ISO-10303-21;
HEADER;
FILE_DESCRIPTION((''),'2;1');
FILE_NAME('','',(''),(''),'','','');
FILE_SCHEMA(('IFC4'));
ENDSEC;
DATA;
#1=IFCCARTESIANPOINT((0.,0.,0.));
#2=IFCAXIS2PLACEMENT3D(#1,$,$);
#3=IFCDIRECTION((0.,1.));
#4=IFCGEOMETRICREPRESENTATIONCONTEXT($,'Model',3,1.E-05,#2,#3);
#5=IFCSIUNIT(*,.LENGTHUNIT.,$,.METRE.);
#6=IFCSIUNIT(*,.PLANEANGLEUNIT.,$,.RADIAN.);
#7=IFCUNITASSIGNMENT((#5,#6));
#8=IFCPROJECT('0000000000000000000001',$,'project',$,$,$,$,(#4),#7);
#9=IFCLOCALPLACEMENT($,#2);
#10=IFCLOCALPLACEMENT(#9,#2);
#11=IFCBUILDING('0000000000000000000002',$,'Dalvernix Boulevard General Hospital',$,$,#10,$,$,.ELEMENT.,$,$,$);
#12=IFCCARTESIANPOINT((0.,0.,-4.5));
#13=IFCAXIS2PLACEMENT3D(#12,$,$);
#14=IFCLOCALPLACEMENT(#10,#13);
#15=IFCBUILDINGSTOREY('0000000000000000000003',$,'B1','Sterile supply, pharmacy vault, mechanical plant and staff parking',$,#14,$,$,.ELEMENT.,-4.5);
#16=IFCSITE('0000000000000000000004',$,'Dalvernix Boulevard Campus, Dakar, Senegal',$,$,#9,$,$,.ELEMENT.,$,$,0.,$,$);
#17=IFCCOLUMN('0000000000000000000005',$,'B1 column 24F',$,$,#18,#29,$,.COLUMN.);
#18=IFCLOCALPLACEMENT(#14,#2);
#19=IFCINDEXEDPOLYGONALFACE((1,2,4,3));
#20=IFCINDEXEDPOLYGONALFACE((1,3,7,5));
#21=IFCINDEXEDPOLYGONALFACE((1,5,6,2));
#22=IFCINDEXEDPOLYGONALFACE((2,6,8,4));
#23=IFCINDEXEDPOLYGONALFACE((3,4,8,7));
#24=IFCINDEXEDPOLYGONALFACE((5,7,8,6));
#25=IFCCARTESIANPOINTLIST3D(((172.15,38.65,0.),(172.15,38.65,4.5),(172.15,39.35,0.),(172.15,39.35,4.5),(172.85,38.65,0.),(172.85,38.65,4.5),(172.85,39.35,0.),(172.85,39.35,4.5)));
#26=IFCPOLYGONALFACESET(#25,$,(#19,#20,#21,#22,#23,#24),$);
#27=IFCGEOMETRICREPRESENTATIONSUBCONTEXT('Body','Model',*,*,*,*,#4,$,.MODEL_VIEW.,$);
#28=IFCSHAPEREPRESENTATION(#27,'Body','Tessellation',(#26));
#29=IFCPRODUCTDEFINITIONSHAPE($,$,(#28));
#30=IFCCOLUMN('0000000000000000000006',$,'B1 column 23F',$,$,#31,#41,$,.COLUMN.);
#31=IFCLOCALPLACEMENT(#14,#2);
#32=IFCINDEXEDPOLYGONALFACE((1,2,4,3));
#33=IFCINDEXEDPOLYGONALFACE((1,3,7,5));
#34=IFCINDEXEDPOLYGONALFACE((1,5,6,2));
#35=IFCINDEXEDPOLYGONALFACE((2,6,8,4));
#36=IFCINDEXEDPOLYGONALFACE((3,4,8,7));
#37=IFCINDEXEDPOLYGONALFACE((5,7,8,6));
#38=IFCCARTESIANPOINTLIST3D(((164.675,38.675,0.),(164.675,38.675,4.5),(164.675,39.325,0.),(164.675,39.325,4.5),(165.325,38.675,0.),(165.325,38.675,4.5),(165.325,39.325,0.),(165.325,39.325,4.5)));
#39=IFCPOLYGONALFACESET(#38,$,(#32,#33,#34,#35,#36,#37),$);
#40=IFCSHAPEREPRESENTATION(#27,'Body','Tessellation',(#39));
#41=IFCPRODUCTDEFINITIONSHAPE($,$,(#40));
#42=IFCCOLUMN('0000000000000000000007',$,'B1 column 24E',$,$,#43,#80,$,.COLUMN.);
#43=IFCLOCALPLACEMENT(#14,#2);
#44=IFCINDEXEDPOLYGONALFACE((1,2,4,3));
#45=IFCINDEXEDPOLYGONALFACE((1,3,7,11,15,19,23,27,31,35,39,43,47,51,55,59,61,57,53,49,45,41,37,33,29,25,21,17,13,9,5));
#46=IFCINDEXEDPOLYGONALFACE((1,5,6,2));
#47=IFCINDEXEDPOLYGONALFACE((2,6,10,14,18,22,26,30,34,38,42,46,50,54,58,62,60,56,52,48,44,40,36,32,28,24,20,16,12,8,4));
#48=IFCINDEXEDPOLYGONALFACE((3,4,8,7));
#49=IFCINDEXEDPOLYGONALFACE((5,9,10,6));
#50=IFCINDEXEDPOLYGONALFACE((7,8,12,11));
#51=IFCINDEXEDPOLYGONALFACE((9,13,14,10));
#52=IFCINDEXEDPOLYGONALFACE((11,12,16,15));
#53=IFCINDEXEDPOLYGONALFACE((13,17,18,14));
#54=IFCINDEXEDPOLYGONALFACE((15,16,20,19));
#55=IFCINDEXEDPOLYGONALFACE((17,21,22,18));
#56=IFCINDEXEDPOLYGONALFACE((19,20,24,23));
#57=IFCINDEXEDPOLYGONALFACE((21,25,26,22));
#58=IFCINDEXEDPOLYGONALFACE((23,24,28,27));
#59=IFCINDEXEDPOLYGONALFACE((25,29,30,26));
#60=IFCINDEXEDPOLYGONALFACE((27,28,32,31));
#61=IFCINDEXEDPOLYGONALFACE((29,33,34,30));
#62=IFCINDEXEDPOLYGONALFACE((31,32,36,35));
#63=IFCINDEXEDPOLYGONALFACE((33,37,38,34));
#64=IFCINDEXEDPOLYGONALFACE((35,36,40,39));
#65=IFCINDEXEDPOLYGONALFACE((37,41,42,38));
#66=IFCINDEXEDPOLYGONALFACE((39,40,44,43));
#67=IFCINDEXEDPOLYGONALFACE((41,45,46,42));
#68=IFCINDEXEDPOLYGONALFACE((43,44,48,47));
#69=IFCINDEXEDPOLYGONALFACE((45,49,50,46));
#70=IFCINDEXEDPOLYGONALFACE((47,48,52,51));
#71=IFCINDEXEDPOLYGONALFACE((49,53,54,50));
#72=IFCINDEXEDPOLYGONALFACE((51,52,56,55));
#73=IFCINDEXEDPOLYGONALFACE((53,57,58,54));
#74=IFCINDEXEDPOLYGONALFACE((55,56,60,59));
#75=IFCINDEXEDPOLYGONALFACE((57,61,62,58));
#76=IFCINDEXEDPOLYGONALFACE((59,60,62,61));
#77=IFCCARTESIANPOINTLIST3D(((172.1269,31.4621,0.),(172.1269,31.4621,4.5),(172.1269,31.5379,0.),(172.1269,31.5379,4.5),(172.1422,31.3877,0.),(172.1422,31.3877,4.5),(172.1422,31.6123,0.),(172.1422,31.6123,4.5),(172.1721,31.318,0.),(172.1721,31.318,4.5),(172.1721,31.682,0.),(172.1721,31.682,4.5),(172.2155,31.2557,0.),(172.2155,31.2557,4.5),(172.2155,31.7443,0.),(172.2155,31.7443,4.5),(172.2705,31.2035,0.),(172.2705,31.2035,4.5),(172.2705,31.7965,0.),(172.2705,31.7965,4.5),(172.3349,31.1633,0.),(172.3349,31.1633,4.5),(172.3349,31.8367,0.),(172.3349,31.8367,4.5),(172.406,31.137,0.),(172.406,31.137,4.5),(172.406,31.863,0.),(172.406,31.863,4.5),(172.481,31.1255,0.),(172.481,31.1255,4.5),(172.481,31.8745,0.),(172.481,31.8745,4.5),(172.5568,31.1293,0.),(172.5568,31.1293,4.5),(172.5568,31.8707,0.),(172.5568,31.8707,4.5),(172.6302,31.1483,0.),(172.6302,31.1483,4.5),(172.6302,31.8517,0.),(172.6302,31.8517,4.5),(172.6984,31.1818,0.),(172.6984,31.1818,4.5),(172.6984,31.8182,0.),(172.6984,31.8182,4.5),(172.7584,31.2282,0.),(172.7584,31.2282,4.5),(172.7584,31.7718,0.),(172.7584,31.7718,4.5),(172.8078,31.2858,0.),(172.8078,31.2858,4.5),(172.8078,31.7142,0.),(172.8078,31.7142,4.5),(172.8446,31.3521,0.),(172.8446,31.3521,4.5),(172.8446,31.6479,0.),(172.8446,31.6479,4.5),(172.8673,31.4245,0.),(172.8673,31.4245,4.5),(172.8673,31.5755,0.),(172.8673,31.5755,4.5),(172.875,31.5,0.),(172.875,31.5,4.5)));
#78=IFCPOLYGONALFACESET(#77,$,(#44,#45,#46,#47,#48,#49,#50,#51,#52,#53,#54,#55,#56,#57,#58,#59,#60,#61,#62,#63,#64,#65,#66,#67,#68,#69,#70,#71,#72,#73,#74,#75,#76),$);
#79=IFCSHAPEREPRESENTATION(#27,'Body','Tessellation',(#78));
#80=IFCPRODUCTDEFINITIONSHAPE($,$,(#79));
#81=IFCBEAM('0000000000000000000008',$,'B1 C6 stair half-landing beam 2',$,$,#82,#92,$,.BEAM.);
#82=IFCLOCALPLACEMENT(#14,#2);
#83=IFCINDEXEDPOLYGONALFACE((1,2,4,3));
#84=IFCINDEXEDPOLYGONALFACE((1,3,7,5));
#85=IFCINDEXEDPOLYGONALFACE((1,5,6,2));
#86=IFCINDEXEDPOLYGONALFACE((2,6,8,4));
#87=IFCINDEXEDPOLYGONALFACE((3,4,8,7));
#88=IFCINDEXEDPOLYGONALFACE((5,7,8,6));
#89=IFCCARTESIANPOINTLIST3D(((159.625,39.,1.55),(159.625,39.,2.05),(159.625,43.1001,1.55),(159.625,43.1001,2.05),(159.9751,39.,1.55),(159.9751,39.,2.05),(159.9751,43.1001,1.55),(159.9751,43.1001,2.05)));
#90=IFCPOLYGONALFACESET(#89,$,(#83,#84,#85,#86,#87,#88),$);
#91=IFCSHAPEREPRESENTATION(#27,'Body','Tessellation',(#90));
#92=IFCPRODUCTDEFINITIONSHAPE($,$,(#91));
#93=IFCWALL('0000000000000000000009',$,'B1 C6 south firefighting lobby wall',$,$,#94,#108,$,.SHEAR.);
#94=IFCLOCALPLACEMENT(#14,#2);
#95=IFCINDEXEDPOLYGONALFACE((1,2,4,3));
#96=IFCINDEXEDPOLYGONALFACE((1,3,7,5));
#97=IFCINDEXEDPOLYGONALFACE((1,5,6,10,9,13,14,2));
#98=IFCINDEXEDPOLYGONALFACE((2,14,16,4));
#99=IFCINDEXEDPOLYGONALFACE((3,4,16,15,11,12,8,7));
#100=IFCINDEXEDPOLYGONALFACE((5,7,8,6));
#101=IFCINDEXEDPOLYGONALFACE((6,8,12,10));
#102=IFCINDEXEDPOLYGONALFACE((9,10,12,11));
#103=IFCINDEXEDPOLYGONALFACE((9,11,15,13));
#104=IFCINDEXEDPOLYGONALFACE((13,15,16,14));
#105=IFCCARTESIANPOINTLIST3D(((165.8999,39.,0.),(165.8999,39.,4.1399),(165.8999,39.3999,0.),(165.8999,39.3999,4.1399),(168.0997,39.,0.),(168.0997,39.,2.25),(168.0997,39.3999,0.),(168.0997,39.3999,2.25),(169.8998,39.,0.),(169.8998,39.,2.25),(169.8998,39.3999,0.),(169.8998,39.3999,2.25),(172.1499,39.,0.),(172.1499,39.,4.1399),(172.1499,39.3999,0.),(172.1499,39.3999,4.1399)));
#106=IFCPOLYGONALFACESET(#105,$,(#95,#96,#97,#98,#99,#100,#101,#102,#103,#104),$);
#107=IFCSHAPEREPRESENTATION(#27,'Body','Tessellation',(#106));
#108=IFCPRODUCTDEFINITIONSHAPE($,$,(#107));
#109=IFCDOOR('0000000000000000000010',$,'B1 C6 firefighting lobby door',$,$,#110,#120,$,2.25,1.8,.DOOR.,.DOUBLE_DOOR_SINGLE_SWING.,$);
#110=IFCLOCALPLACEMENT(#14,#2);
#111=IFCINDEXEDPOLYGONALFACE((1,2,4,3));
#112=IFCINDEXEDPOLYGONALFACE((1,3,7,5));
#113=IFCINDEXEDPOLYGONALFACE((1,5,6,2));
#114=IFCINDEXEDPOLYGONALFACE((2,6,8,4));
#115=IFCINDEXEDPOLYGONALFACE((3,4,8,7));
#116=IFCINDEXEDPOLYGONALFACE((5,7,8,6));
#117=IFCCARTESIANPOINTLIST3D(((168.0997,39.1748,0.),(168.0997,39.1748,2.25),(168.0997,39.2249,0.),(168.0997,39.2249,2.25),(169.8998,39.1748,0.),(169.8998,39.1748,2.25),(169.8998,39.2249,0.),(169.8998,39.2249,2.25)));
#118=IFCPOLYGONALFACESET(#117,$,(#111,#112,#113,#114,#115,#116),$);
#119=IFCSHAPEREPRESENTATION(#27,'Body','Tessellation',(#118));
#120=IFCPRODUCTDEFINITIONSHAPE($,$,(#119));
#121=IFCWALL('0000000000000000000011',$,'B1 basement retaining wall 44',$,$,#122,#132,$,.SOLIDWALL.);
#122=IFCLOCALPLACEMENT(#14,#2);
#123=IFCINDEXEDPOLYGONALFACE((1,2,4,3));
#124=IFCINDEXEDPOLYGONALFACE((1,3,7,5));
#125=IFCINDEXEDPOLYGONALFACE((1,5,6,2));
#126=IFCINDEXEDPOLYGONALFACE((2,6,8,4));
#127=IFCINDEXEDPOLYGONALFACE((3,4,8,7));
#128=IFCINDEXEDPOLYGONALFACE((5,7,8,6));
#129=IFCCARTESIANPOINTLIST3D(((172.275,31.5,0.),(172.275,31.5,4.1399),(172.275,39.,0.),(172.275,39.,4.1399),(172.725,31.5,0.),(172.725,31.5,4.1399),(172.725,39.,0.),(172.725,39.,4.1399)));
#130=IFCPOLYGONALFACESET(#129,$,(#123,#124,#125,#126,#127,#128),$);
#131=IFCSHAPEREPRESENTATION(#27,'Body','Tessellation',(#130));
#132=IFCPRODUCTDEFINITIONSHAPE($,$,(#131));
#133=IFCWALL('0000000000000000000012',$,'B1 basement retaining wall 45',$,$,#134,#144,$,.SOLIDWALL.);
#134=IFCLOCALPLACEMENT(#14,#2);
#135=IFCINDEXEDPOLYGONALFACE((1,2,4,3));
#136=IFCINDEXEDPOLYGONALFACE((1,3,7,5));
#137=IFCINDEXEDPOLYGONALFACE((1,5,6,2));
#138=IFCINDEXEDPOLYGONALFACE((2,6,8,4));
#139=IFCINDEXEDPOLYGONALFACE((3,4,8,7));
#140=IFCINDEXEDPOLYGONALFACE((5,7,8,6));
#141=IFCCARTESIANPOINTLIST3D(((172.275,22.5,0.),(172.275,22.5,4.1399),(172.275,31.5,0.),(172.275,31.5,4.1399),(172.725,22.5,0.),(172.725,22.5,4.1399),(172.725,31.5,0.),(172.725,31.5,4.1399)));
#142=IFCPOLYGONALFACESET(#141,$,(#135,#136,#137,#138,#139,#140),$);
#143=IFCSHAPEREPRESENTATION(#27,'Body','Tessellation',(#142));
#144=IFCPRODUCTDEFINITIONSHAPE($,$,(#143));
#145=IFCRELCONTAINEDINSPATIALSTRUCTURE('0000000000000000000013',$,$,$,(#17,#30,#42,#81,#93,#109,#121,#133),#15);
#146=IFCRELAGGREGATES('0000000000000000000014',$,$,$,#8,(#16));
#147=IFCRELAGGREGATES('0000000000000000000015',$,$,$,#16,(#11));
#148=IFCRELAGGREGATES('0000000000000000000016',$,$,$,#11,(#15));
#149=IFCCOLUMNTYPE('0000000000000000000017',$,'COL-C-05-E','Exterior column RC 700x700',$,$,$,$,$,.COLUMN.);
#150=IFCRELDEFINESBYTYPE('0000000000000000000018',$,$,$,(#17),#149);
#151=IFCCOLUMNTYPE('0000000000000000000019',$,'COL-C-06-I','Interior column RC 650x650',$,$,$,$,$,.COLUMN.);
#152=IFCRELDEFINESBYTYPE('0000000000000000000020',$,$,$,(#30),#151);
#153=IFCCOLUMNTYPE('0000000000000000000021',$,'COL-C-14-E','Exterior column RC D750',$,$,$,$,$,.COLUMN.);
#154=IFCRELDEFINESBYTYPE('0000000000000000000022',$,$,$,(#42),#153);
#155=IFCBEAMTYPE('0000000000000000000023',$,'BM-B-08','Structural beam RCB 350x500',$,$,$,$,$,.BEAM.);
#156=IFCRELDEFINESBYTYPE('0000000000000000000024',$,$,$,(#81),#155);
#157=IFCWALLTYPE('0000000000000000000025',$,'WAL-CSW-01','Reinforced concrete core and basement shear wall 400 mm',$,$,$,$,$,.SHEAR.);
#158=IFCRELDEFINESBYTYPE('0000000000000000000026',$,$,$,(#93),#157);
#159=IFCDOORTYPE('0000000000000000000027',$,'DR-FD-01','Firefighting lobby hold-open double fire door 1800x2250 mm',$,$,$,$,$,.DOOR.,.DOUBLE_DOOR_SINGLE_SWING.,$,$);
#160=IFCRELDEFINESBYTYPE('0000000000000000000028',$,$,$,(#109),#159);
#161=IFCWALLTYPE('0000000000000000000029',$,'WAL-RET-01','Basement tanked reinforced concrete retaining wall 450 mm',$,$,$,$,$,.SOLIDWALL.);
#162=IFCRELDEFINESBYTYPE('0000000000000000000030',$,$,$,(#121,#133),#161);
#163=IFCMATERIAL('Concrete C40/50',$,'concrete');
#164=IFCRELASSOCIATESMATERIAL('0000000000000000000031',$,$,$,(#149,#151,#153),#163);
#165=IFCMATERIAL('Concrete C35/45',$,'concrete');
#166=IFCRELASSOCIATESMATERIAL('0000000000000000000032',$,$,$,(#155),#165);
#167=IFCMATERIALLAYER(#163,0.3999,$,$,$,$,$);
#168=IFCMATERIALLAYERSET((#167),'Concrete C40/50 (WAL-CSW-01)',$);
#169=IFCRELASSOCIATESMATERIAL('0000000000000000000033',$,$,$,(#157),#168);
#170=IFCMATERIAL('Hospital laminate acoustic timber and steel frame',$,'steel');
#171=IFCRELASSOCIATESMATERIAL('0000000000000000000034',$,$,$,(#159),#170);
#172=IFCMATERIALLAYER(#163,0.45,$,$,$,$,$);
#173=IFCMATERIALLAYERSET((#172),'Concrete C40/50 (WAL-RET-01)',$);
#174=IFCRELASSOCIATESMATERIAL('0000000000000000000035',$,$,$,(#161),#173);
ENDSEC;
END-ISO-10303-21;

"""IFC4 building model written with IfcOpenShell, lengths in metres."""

from ifc_helpers import new_model, si_unit, direction, frame, frame_2d, origin, origin_2d, place, context, subcontext, project, spatial, rectangle, circle, extrude, material, layer, layer_set, material_profile, profile_set, type_object, element, fill, save


model = new_model("IFC4")

# Units and contexts
model_context = context("Model", 3, precision=1e-05, world=origin(), true_north=direction((0.0, 1.0)))
body_context = subcontext(model_context, "Body", "Model", "MODEL_VIEW")
ifc_project = project(units=[si_unit("LENGTHUNIT", "METRE"), si_unit("PLANEANGLEUNIT", "RADIAN")], contexts=[model_context])

# Site, building, storey
site_placement = place(None, origin())
site = spatial("IfcSite", under=ifc_project, at=site_placement, Name="Dalvernix Boulevard Campus, Dakar, Senegal", CompositionType="ELEMENT", RefElevation=0.0)
building_placement = place(site_placement, origin())
building = spatial("IfcBuilding", under=site, at=building_placement, Name="Dalvernix Boulevard General Hospital", CompositionType="ELEMENT")
storey_placement = place(building_placement, frame((0.0, 0.0, -4.5)))
storey = spatial("IfcBuildingStorey", under=building, at=storey_placement, Name="B1", Description="Sterile supply, pharmacy vault, mechanical plant and staff parking", CompositionType="ELEMENT", Elevation=-4.5)

# Shared definitions
ifc_material_1 = material(Name="Concrete C35/45", Category="concrete")
ifc_material_2 = material(Name="Concrete C40/50", Category="concrete")

# Columns
ifc_material_profile_1 = material_profile(ifc_material_2, rectangle(XDim=0.7, YDim=0.7, at=origin_2d()), Name="RC 700x700")
ifc_profile_set_1 = profile_set([ifc_material_profile_1], Name="Concrete C40/50")
column_type_1 = type_object("IfcColumnType", Name="COL-C-05-E", Description="Exterior column RC 700x700", PredefinedType="COLUMN", material=ifc_profile_set_1)
column_1_placement = place(storey_placement, frame((172.5, 39.0, 0.0), z_axis=(0.0, 0.0, 1.0), x_axis=(1.0, 0.0, 0.0)))
element("IfcColumn", 1, at=column_1_placement, inside=storey, type_object=column_type_1, Name="B1 column 24F", PredefinedType="COLUMN", context=body_context, shape_type="SweptSolid", body=[
    extrude(rectangle(XDim=0.7, YDim=0.7, at=origin_2d()), origin(), (0.0, 0.0, 1.0), 4.5),
])
ifc_material_profile_2 = material_profile(ifc_material_2, rectangle(XDim=0.6499, YDim=0.6499, at=origin_2d()), Name="RC 650x650")
ifc_profile_set_2 = profile_set([ifc_material_profile_2], Name="Concrete C40/50")
column_type_2 = type_object("IfcColumnType", Name="COL-C-06-I", Description="Interior column RC 650x650", PredefinedType="COLUMN", material=ifc_profile_set_2)
column_2_placement = place(storey_placement, frame((165.0, 39.0, 0.0), z_axis=(0.0, 0.0, 1.0), x_axis=(1.0, 0.0, 0.0)))
element("IfcColumn", 2, at=column_2_placement, inside=storey, type_object=column_type_2, Name="B1 column 23F", PredefinedType="COLUMN", context=body_context, shape_type="SweptSolid", body=[
    extrude(rectangle(XDim=0.6499, YDim=0.6499, at=origin_2d()), origin(), (0.0, 0.0, 1.0), 4.5),
])
ifc_material_profile_3 = material_profile(ifc_material_2, circle(Radius=0.375, at=origin_2d()), Name="RC D750")
ifc_profile_set_3 = profile_set([ifc_material_profile_3], Name="Concrete C40/50")
column_type_3 = type_object("IfcColumnType", Name="COL-C-14-E", Description="Exterior column RC D750", PredefinedType="COLUMN", material=ifc_profile_set_3)
column_3_placement = place(storey_placement, frame((172.5, 31.5, 0.0), z_axis=(0.0, 0.0, 1.0), x_axis=(1.0, 0.0, 0.0)))
element("IfcColumn", 3, at=column_3_placement, inside=storey, type_object=column_type_3, Name="B1 column 24E", PredefinedType="COLUMN", context=body_context, shape_type="SweptSolid", body=[
    extrude(circle(Radius=0.375, at=origin_2d()), origin(), (0.0, 0.0, 1.0), 4.5),
])

# Beam
ifc_material_profile_4 = material_profile(ifc_material_1, rectangle(XDim=0.3501, YDim=0.5, at=origin_2d()), Name="RCB 350x500")
ifc_profile_set_4 = profile_set([ifc_material_profile_4], Name="Concrete C35/45")
beam_type = type_object("IfcBeamType", Name="BM-B-08", Description="Structural beam RCB 350x500", PredefinedType="BEAM", material=ifc_profile_set_4)
beam_placement = place(storey_placement, frame((159.8, 39.0, 1.8), z_axis=(0.0, 1.0, 0.0), x_axis=(-1.0, 0.0, 0.0)))
element("IfcBeam", 4, at=beam_placement, inside=storey, type_object=beam_type, Name="B1 C6 stair half-landing beam 2", PredefinedType="BEAM", context=body_context, shape_type="SweptSolid", body=[
    extrude(rectangle(XDim=0.3501, YDim=0.5, at=origin_2d()), origin(), (0.0, 0.0, 1.0), 4.1001),
])

# Wall, opening, door
ifc_layer_1 = layer(ifc_material_2, 0.3999)
ifc_layer_set_1 = layer_set([ifc_layer_1], Name="Concrete C40/50 (WAL-CSW-01)")
wall_type_1 = type_object("IfcWallType", Name="WAL-CSW-01", Description="Reinforced concrete core and basement shear wall 400 mm", PredefinedType="SHEAR", material=ifc_layer_set_1)
wall_1_placement = place(storey_placement, frame((165.8999, 39.2, 0.0), z_axis=(0.0, 0.0, 1.0), x_axis=(1.0, 0.0, 0.0)))
wall_1 = element("IfcWall", 5, at=wall_1_placement, inside=storey, type_object=wall_type_1, Name="B1 C6 south firefighting lobby wall", PredefinedType="SHEAR", context=body_context, shape_type="SweptSolid", body=[
    extrude(rectangle(XDim=6.25, YDim=0.3999, at=frame_2d((3.125, 0.0))), origin(), (0.0, 0.0, 1.0), 4.1399),
])
opening_placement = place(wall_1_placement, frame((2.2, 0.0, 0.0)))
opening = element("IfcOpeningElement", 6, at=opening_placement, cuts=wall_1, PredefinedType="OPENING", context=body_context, shape_type="SweptSolid", body=[
    extrude(rectangle(XDim=1.8, YDim=2.25, at=frame_2d((0.8999, 1.125))), frame((0.0, 0.21, 0.0), z_axis=(0.0, -1.0, 0.0), x_axis=(1.0, 0.0, 0.0)), (0.0, 0.0, 1.0), 0.4199),
])
ifc_material_3 = material(Name="Hospital laminate acoustic timber and steel frame", Category="steel")
door_type = type_object("IfcDoorType", Name="DR-FD-01", Description="Firefighting lobby hold-open double fire door 1800x2250 mm", OperationType="DOUBLE_DOOR_SINGLE_SWING", PredefinedType="DOOR", material=ifc_material_3)
door_placement = place(opening_placement, origin())
door = element("IfcDoor", 7, at=door_placement, inside=storey, type_object=door_type, Name="B1 C6 firefighting lobby door", OperationType="DOUBLE_DOOR_SINGLE_SWING", OverallHeight=2.25, OverallWidth=1.8, PredefinedType="DOOR", context=body_context, shape_type="SweptSolid", body=[
    extrude(rectangle(XDim=1.8, YDim=2.25, at=frame_2d((0.8999, 1.125))), frame((0.0, 0.0249, 0.0), z_axis=(0.0, -1.0, 0.0), x_axis=(1.0, 0.0, 0.0)), (0.0, 0.0, 1.0), 0.05),
])
fill(opening, door)

# Walls
ifc_layer_2 = layer(ifc_material_2, 0.45)
ifc_layer_set_2 = layer_set([ifc_layer_2], Name="Concrete C40/50 (WAL-RET-01)")
wall_type_2 = type_object("IfcWallType", Name="WAL-RET-01", Description="Basement tanked reinforced concrete retaining wall 450 mm", PredefinedType="SOLIDWALL", material=ifc_layer_set_2)
wall_2_placement = place(storey_placement, frame((172.5, 39.0, 0.0), z_axis=(0.0, 0.0, 1.0), x_axis=(0.0, -1.0, 0.0)))
element("IfcWall", 8, at=wall_2_placement, inside=storey, type_object=wall_type_2, Name="B1 basement retaining wall 44", PredefinedType="SOLIDWALL", context=body_context, shape_type="SweptSolid", body=[
    extrude(rectangle(XDim=7.5, YDim=0.45, at=frame_2d((3.75, 0.0))), origin(), (0.0, 0.0, 1.0), 4.1399),
])
wall_3_placement = place(storey_placement, frame((172.5, 31.5, 0.0), z_axis=(0.0, 0.0, 1.0), x_axis=(0.0, -1.0, 0.0)))
element("IfcWall", 9, at=wall_3_placement, inside=storey, type_object=wall_type_2, Name="B1 basement retaining wall 45", PredefinedType="SOLIDWALL", context=body_context, shape_type="SweptSolid", body=[
    extrude(rectangle(XDim=9.0, YDim=0.45, at=frame_2d((4.5, 0.0))), origin(), (0.0, 0.0, 1.0), 4.1399),
])

save(model, "model.ifc")
